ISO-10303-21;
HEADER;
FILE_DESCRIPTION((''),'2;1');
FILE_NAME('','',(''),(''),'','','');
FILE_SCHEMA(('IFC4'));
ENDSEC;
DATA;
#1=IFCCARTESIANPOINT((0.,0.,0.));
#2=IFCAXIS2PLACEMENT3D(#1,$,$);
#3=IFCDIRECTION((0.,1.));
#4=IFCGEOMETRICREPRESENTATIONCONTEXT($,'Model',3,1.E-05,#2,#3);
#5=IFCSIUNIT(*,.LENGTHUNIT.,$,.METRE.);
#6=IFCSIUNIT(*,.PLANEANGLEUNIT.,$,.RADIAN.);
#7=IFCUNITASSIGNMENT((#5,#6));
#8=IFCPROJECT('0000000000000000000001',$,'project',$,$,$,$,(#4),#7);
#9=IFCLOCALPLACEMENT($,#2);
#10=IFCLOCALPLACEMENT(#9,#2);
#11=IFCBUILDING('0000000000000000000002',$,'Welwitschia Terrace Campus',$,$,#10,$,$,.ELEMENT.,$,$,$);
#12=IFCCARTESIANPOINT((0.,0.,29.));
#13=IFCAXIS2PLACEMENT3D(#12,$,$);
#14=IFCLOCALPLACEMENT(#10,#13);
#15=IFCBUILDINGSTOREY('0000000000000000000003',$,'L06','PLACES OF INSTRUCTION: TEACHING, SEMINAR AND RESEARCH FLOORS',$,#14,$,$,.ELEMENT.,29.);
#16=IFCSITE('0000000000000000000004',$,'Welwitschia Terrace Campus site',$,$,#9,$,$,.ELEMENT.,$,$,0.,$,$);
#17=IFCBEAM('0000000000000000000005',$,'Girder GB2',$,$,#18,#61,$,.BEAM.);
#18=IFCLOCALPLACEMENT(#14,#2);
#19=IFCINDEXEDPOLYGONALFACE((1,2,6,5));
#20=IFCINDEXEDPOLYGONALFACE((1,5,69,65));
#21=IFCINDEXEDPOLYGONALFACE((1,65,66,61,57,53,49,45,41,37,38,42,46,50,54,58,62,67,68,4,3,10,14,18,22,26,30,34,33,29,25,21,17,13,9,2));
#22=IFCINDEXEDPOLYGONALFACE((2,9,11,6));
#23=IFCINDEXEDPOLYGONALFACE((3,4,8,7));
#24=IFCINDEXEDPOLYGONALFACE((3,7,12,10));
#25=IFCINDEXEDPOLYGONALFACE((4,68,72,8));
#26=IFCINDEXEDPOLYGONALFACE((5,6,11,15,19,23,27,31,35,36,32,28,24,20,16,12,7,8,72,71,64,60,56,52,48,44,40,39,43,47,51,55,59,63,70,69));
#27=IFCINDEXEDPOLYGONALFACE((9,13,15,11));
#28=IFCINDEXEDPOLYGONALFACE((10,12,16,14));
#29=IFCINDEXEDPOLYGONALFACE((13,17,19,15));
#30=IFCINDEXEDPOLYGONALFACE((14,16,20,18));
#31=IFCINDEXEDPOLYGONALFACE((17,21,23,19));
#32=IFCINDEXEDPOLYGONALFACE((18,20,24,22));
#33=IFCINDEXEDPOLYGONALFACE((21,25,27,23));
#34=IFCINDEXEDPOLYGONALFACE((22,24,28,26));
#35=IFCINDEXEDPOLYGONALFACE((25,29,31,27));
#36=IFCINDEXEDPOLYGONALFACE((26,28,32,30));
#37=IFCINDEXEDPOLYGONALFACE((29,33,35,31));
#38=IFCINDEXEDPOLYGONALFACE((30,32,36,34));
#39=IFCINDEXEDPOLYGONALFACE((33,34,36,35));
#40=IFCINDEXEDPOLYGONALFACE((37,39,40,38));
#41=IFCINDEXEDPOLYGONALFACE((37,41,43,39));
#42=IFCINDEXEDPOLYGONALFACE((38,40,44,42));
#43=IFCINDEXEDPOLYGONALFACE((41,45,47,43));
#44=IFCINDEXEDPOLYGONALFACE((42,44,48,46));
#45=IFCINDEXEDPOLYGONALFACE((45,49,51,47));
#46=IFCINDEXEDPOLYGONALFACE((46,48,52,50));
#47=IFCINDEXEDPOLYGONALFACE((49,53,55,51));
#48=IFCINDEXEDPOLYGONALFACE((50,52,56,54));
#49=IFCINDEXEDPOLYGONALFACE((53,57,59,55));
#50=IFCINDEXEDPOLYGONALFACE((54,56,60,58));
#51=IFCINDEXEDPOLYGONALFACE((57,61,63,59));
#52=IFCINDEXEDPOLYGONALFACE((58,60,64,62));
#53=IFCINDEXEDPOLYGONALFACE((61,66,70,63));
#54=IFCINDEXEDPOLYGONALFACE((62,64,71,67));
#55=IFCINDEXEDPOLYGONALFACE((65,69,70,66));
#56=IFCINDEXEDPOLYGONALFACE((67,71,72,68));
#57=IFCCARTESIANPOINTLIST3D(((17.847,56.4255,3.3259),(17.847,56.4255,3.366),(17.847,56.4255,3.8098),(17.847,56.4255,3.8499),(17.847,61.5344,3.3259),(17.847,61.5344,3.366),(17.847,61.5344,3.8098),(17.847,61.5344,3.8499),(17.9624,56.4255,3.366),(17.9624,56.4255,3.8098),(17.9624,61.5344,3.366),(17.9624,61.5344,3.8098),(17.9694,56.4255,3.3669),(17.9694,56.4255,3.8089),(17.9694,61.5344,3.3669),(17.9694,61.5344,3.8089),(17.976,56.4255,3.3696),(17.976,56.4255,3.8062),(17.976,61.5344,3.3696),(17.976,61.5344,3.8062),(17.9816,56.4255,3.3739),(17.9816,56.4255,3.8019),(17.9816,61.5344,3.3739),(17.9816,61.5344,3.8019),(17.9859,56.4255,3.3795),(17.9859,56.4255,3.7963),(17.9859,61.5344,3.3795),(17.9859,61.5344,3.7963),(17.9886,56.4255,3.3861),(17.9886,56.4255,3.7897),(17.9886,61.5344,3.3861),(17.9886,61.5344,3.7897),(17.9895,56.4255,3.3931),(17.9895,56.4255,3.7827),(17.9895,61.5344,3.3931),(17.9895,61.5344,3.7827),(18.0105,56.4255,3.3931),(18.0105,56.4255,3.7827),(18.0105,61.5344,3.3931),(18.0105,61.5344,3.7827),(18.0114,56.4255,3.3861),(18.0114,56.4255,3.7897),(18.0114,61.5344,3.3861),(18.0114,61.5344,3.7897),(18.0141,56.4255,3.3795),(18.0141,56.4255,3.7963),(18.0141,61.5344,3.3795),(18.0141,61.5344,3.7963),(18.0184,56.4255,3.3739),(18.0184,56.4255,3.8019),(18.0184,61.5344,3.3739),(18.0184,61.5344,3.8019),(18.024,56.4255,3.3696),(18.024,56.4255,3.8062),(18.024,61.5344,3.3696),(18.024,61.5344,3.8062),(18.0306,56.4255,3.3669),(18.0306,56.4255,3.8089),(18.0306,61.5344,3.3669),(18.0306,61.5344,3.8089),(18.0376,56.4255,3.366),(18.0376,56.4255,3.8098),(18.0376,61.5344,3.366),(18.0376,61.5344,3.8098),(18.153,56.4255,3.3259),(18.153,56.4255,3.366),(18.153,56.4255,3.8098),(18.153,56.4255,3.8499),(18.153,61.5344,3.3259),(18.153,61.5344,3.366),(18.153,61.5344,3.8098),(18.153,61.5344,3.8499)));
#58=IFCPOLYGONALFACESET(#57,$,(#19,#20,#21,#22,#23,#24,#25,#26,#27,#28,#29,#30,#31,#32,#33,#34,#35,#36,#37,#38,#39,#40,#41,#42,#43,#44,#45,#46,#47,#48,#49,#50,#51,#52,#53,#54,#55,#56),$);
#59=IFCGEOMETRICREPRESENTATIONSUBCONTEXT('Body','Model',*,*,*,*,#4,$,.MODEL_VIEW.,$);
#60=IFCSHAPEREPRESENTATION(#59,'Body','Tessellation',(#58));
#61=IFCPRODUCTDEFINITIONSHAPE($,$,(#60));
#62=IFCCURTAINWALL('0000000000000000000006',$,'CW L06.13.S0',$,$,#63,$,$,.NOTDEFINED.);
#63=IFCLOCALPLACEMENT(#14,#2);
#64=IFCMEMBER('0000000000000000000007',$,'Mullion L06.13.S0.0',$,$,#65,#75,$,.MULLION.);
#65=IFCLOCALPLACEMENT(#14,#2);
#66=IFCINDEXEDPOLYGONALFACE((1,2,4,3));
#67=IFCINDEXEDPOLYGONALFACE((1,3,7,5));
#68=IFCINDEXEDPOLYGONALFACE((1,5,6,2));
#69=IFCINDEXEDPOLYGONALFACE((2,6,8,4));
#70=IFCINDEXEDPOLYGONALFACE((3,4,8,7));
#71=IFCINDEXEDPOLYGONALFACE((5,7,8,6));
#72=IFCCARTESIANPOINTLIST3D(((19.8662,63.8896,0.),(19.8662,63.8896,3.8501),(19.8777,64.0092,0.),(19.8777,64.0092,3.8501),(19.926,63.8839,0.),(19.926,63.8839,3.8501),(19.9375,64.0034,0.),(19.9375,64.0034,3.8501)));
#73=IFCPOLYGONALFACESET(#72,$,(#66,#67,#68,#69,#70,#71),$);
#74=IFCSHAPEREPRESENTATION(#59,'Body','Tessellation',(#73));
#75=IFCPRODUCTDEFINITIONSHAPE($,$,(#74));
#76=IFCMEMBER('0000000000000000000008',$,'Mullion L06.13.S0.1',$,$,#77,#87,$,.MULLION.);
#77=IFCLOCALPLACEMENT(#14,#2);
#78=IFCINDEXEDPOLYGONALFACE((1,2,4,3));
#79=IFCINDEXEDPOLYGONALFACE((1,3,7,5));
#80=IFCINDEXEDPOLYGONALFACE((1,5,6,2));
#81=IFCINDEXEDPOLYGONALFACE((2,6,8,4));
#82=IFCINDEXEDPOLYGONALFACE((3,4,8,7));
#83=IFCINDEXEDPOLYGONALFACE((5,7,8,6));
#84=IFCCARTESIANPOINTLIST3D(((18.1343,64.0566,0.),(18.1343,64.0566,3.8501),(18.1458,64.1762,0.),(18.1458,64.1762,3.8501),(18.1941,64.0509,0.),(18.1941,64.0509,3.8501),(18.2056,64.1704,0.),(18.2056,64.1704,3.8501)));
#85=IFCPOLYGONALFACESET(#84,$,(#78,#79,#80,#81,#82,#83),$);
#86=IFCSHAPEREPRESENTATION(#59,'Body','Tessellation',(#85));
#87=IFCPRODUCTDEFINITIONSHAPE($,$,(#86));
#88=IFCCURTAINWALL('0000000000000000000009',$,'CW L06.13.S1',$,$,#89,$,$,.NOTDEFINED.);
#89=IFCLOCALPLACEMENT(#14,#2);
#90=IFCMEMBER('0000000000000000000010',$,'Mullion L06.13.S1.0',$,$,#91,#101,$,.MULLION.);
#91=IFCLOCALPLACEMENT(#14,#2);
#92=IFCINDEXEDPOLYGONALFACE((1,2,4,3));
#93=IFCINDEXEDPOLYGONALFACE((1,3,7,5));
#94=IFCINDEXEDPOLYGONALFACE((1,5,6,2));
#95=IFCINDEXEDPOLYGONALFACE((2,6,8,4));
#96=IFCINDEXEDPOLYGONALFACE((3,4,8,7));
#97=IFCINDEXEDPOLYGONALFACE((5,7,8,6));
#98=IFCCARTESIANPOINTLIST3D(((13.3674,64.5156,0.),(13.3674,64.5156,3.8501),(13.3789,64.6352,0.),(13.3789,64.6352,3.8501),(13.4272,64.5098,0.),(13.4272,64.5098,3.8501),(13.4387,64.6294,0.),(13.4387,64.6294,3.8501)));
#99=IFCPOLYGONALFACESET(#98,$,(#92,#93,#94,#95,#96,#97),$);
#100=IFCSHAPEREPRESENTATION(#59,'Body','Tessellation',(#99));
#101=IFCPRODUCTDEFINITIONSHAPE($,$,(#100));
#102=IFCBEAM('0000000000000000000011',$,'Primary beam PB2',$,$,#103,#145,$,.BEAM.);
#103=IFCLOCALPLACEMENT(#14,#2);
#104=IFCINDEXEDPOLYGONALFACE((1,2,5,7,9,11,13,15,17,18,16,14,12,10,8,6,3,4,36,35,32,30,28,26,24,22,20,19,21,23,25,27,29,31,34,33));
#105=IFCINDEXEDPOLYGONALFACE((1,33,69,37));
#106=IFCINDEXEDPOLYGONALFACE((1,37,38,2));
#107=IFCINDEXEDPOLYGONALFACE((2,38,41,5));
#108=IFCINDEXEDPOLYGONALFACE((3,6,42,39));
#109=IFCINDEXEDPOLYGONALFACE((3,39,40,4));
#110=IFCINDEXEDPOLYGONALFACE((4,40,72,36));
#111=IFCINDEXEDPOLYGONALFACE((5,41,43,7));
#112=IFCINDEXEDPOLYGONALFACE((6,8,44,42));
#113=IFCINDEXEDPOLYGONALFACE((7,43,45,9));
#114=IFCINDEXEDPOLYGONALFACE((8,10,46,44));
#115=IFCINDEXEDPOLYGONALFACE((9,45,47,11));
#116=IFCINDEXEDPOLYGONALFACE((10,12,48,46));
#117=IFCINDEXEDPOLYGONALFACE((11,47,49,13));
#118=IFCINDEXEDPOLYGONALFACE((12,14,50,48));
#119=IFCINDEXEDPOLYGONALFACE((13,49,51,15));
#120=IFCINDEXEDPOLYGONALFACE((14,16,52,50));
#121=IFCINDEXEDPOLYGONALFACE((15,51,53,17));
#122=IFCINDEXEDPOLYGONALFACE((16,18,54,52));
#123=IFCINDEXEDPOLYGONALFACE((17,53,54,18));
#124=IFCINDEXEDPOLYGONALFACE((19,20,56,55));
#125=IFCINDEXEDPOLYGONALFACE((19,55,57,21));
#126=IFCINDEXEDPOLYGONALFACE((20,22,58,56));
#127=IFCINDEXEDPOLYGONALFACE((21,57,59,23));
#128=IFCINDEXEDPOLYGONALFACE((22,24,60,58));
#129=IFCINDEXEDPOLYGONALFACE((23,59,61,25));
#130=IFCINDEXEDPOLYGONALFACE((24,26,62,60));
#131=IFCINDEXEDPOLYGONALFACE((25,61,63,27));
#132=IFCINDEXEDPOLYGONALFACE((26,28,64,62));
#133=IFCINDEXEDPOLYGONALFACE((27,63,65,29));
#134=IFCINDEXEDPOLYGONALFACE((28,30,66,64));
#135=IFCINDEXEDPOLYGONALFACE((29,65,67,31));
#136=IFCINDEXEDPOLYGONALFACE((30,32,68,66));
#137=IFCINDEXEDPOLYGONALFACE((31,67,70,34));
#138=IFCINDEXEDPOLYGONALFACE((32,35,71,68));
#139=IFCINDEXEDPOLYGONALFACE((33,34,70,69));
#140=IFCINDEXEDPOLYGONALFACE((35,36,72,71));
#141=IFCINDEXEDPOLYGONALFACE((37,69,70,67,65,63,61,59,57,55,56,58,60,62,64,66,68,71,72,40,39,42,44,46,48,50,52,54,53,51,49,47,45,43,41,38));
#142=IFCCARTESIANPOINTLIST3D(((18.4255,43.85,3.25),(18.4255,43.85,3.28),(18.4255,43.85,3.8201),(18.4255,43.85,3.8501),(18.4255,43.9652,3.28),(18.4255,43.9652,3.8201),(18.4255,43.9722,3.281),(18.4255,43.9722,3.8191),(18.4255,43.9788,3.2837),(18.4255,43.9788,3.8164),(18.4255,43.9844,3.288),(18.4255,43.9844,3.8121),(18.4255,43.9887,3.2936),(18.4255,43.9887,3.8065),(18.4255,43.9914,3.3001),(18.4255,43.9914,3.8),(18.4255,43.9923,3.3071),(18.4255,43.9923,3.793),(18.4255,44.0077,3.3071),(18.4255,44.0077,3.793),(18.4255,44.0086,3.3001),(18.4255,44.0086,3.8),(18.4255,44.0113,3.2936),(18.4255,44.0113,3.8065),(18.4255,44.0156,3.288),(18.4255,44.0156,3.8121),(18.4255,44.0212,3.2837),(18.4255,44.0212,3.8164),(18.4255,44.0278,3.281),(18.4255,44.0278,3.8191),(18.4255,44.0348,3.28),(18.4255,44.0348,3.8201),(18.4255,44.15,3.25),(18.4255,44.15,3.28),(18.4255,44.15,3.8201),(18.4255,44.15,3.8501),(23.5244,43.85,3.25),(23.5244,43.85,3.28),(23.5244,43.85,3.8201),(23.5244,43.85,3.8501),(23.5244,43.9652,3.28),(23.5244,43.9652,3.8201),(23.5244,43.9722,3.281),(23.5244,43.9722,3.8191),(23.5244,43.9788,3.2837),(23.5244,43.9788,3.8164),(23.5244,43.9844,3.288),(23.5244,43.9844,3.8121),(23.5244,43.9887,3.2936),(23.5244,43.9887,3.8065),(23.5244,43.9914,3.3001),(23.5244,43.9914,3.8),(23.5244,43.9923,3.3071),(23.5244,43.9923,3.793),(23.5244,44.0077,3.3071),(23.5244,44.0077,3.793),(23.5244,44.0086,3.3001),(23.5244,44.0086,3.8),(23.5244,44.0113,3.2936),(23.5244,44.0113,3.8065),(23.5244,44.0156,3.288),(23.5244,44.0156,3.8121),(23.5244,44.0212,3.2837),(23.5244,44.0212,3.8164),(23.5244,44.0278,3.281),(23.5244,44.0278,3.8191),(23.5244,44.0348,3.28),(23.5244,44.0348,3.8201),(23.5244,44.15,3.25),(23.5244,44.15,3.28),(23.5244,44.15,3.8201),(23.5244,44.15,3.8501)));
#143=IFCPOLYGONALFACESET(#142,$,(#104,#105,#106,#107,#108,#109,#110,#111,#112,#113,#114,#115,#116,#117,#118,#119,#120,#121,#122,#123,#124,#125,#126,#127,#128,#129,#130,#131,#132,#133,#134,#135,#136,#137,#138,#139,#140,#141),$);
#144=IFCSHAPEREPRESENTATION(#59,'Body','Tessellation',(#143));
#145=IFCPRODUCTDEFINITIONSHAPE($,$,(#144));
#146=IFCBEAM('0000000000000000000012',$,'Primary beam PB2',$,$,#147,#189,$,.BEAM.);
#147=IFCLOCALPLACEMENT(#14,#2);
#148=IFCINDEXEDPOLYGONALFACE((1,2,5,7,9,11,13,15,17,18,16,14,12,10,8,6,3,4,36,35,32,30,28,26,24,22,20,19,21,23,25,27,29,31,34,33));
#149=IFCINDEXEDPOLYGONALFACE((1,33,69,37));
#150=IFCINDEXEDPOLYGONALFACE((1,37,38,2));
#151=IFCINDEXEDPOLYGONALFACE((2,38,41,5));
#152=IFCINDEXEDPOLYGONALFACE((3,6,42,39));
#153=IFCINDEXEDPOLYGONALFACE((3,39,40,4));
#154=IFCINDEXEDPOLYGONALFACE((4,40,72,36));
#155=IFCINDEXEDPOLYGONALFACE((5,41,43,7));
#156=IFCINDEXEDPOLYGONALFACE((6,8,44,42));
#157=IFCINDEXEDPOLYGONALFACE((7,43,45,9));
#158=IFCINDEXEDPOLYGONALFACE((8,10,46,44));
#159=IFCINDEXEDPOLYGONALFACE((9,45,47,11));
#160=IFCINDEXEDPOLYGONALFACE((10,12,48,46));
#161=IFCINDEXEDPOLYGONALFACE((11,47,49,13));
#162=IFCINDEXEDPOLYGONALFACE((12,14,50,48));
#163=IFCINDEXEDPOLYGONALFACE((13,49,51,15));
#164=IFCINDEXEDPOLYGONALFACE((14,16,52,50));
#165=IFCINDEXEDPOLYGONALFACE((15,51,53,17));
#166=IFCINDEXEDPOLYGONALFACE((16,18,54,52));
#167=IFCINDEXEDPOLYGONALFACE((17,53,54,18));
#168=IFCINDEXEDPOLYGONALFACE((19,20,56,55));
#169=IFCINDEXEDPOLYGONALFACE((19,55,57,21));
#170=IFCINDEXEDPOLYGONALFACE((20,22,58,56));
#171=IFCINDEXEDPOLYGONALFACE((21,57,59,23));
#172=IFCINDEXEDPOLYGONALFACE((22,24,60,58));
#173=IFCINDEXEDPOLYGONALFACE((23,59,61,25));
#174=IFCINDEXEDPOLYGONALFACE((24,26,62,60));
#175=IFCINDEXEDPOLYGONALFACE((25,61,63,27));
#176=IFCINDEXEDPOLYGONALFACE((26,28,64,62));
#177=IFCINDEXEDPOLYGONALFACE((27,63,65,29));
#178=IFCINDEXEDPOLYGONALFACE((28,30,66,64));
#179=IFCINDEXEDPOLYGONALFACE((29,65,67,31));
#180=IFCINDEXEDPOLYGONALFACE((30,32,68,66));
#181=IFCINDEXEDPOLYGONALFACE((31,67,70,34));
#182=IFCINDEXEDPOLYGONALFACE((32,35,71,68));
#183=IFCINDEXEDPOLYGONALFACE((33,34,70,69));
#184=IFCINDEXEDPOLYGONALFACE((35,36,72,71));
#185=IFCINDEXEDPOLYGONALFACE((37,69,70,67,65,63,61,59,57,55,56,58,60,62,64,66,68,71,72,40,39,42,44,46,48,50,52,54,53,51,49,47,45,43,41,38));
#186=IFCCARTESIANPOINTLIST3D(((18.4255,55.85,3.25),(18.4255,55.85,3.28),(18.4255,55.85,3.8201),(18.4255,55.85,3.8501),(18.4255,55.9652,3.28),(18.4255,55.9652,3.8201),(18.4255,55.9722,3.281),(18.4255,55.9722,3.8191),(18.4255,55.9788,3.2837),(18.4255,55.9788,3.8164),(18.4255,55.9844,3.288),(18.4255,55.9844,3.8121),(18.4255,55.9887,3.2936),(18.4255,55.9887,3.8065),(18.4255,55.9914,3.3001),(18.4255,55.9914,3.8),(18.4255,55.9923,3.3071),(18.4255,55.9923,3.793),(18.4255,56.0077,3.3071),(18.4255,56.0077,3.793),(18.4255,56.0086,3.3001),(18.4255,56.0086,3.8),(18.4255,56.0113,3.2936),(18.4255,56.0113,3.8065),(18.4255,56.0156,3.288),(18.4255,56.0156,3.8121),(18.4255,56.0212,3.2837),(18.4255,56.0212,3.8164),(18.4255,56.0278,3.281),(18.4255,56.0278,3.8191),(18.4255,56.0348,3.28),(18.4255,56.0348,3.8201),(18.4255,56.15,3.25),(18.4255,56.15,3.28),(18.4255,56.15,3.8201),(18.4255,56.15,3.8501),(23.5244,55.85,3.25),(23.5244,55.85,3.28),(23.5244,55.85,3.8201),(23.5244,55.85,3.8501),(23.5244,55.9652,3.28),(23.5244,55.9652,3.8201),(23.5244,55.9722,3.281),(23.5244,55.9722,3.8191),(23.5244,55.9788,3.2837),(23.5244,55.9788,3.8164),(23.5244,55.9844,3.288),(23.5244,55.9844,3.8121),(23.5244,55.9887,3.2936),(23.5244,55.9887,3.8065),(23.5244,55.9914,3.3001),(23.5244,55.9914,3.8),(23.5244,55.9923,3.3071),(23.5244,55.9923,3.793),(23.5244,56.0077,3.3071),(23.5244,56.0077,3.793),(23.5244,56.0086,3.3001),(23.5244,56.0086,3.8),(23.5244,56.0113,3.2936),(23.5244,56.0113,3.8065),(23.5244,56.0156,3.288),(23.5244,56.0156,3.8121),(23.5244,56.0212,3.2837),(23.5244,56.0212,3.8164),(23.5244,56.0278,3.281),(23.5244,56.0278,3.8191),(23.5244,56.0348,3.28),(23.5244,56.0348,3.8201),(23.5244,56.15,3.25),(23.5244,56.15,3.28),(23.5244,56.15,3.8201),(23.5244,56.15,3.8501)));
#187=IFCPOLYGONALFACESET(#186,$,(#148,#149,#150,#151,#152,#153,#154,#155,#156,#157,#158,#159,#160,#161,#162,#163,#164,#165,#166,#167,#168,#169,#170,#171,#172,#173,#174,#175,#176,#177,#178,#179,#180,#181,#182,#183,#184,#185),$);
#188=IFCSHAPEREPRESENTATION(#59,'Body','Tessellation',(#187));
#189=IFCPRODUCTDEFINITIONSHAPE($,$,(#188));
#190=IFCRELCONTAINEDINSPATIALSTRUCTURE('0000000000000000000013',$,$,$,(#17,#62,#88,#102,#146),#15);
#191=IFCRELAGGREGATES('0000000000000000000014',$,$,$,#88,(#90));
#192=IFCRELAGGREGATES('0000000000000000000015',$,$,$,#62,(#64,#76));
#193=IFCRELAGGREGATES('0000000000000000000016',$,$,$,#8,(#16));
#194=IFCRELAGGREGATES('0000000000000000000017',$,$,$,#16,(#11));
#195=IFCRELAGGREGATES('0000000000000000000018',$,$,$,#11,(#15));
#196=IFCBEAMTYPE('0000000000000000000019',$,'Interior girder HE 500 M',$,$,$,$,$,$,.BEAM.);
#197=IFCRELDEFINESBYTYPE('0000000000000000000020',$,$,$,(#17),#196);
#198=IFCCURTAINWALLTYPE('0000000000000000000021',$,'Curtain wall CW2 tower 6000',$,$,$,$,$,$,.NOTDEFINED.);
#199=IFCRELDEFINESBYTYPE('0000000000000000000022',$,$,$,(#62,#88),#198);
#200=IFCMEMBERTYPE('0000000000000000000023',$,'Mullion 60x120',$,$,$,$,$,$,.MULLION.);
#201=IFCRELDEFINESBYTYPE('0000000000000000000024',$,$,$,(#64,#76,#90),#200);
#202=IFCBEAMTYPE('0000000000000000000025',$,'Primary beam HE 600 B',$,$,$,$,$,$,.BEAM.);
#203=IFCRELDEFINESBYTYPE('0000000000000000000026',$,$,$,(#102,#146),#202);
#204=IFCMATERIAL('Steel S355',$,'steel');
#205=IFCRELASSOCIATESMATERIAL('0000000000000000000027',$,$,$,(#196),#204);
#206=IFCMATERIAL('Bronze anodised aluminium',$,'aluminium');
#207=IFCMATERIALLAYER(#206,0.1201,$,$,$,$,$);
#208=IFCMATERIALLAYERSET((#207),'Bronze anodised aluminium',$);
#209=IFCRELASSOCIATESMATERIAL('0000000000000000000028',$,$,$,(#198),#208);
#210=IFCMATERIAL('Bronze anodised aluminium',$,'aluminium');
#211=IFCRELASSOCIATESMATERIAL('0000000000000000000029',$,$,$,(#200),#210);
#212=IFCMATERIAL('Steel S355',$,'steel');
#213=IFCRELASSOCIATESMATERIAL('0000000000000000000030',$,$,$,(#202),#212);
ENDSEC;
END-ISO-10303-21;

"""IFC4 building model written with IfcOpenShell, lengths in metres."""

from ifc_helpers import new_model, si_unit, direction, frame, origin, origin_2d, place, context, subcontext, project, spatial, rectangle, i_section, extrude, material, layer, layer_set, material_profile, profile_set, type_object, element, aggregate, save


model = new_model("IFC4")

# Units and contexts
model_context = context("Model", 3, precision=1e-05, world=origin(), true_north=direction((0.0, 1.0)))
body_context = subcontext(model_context, "Body", "Model", "MODEL_VIEW")
ifc_project = project(units=[si_unit("LENGTHUNIT", "METRE"), si_unit("PLANEANGLEUNIT", "RADIAN")], contexts=[model_context])

# Site, building, storey
site_placement = place(None, origin())
site = spatial("IfcSite", under=ifc_project, at=site_placement, Name="Welwitschia Terrace Campus site", CompositionType="ELEMENT", RefElevation=0.0)
building_placement = place(site_placement, origin())
building = spatial("IfcBuilding", under=site, at=building_placement, Name="Welwitschia Terrace Campus", CompositionType="ELEMENT")
storey_placement = place(building_placement, frame((0.0, 0.0, 29.0)))
storey = spatial("IfcBuildingStorey", under=building, at=storey_placement, Name="L06", Description="PLACES OF INSTRUCTION: TEACHING, SEMINAR AND RESEARCH FLOORS", CompositionType="ELEMENT", Elevation=29.0)

# Beam
ifc_material_1 = material(Name="Steel S355", Category="steel")
ifc_material_profile_1 = material_profile(ifc_material_1, i_section(OverallWidth=0.3059, OverallDepth=0.5239, WebThickness=0.021, FlangeThickness=0.04, FilletRadius=0.0271, at=origin_2d()))
ifc_profile_set_1 = profile_set([ifc_material_profile_1], Name="Steel S355")
beam_type_1 = type_object("IfcBeamType", Name="Interior girder HE 500 M", PredefinedType="BEAM", material=ifc_profile_set_1)
beam_1_placement = place(storey_placement, frame((18.0, 56.4255, 3.5879), z_axis=(0.0, 1.0, 0.0), x_axis=(-1.0, 0.0, 0.0)))
element("IfcBeam", 1, at=beam_1_placement, inside=storey, type_object=beam_type_1, Name="Girder GB2", PredefinedType="BEAM", context=body_context, shape_type="SweptSolid", body=[
    extrude(i_section(OverallWidth=0.3059, OverallDepth=0.5239, WebThickness=0.021, FlangeThickness=0.04, FilletRadius=0.0271, at=origin_2d()), origin(), (0.0, 0.0, 1.0), 5.1089),
])

# Curtain wall, members
ifc_material_2 = material(Name="Bronze anodised aluminium", Category="aluminium")
ifc_layer_1 = layer(ifc_material_2, 0.1201)
ifc_layer_set_1 = layer_set([ifc_layer_1], Name="Bronze anodised aluminium")
curtain_wall_type = type_object("IfcCurtainWallType", Name="Curtain wall CW2 tower 6000", PredefinedType="NOTDEFINED", material=ifc_layer_set_1)
curtain_wall_1_placement = place(storey_placement, origin())
curtain_wall_1 = element("IfcCurtainWall", 2, at=curtain_wall_1_placement, inside=storey, type_object=curtain_wall_type, Name="CW L06.13.S0", PredefinedType="NOTDEFINED")
ifc_material_3 = material(Name="Bronze anodised aluminium", Category="aluminium")
ifc_material_profile_2 = material_profile(ifc_material_3, rectangle(XDim=0.1201, YDim=0.0601, at=origin_2d()))
ifc_profile_set_2 = profile_set([ifc_material_profile_2], Name="Bronze anodised aluminium")
member_type_1 = type_object("IfcMemberType", Name="Mullion 60x120", PredefinedType="MULLION", material=ifc_profile_set_2)
member_1_placement = place(storey_placement, frame((19.9019, 63.9465, 0.0), z_axis=(0.0, 0.0, 1.0), x_axis=(-0.095846, -0.995396, 0.0)))
member_1 = element("IfcMember", 3, at=member_1_placement, type_object=member_type_1, Name="Mullion L06.13.S0.0", PredefinedType="MULLION", context=body_context, shape_type="SweptSolid", body=[
    extrude(rectangle(XDim=0.1201, YDim=0.0601, at=origin_2d()), origin(), (0.0, 0.0, 1.0), 3.8501),
])
member_2_placement = place(storey_placement, frame((18.1699, 64.1135, 0.0), z_axis=(0.0, 0.0, 1.0), x_axis=(-0.095846, -0.995396, 0.0)))
member_2 = element("IfcMember", 4, at=member_2_placement, type_object=member_type_1, Name="Mullion L06.13.S0.1", PredefinedType="MULLION", context=body_context, shape_type="SweptSolid", body=[
    extrude(rectangle(XDim=0.1201, YDim=0.0601, at=origin_2d()), origin(), (0.0, 0.0, 1.0), 3.8501),
])

# Curtain wall, member
curtain_wall_2_placement = place(storey_placement, origin())
curtain_wall_2 = element("IfcCurtainWall", 5, at=curtain_wall_2_placement, inside=storey, type_object=curtain_wall_type, Name="CW L06.13.S1", PredefinedType="NOTDEFINED")
member_3_placement = place(storey_placement, frame((13.4031, 64.5725, 0.0), z_axis=(0.0, 0.0, 1.0), x_axis=(-0.095846, -0.995396, 0.0)))
member_3 = element("IfcMember", 6, at=member_3_placement, type_object=member_type_1, Name="Mullion L06.13.S1.0", PredefinedType="MULLION", context=body_context, shape_type="SweptSolid", body=[
    extrude(rectangle(XDim=0.1201, YDim=0.0601, at=origin_2d()), origin(), (0.0, 0.0, 1.0), 3.8501),
])

# Beams
ifc_material_4 = material(Name="Steel S355", Category="steel")
ifc_material_profile_3 = material_profile(ifc_material_4, i_section(OverallWidth=0.3, OverallDepth=0.6001, WebThickness=0.0154, FlangeThickness=0.03, FilletRadius=0.0271, at=origin_2d()))
ifc_profile_set_3 = profile_set([ifc_material_profile_3], Name="Steel S355")
beam_type_2 = type_object("IfcBeamType", Name="Primary beam HE 600 B", PredefinedType="BEAM", material=ifc_profile_set_3)
for number, where, z_axis, x_axis, name in (
    (7, (23.5244, 44.0, 3.55), (-1.0, 0.0, 0.0), (0.0, -1.0, 0.0), "Primary beam PB2"),
    (8, (23.5244, 56.0, 3.55), (-1.0, 0.0, 0.0), (0.0, -1.0, 0.0), "Primary beam PB2"),
):
    element("IfcBeam", number, at=place(storey_placement, frame(where, z_axis=z_axis, x_axis=x_axis)), inside=storey, type_object=beam_type_2, Name=name, PredefinedType="BEAM", context=body_context, shape_type="SweptSolid", body=[
        extrude(i_section(OverallWidth=0.3, OverallDepth=0.6001, WebThickness=0.0154, FlangeThickness=0.03, FilletRadius=0.0271, at=origin_2d()), origin(), (0.0, 0.0, 1.0), 5.0989),
    ])

aggregate(curtain_wall_2, [member_3])

aggregate(curtain_wall_1, [member_1, member_2])

save(model, "model.ifc")
